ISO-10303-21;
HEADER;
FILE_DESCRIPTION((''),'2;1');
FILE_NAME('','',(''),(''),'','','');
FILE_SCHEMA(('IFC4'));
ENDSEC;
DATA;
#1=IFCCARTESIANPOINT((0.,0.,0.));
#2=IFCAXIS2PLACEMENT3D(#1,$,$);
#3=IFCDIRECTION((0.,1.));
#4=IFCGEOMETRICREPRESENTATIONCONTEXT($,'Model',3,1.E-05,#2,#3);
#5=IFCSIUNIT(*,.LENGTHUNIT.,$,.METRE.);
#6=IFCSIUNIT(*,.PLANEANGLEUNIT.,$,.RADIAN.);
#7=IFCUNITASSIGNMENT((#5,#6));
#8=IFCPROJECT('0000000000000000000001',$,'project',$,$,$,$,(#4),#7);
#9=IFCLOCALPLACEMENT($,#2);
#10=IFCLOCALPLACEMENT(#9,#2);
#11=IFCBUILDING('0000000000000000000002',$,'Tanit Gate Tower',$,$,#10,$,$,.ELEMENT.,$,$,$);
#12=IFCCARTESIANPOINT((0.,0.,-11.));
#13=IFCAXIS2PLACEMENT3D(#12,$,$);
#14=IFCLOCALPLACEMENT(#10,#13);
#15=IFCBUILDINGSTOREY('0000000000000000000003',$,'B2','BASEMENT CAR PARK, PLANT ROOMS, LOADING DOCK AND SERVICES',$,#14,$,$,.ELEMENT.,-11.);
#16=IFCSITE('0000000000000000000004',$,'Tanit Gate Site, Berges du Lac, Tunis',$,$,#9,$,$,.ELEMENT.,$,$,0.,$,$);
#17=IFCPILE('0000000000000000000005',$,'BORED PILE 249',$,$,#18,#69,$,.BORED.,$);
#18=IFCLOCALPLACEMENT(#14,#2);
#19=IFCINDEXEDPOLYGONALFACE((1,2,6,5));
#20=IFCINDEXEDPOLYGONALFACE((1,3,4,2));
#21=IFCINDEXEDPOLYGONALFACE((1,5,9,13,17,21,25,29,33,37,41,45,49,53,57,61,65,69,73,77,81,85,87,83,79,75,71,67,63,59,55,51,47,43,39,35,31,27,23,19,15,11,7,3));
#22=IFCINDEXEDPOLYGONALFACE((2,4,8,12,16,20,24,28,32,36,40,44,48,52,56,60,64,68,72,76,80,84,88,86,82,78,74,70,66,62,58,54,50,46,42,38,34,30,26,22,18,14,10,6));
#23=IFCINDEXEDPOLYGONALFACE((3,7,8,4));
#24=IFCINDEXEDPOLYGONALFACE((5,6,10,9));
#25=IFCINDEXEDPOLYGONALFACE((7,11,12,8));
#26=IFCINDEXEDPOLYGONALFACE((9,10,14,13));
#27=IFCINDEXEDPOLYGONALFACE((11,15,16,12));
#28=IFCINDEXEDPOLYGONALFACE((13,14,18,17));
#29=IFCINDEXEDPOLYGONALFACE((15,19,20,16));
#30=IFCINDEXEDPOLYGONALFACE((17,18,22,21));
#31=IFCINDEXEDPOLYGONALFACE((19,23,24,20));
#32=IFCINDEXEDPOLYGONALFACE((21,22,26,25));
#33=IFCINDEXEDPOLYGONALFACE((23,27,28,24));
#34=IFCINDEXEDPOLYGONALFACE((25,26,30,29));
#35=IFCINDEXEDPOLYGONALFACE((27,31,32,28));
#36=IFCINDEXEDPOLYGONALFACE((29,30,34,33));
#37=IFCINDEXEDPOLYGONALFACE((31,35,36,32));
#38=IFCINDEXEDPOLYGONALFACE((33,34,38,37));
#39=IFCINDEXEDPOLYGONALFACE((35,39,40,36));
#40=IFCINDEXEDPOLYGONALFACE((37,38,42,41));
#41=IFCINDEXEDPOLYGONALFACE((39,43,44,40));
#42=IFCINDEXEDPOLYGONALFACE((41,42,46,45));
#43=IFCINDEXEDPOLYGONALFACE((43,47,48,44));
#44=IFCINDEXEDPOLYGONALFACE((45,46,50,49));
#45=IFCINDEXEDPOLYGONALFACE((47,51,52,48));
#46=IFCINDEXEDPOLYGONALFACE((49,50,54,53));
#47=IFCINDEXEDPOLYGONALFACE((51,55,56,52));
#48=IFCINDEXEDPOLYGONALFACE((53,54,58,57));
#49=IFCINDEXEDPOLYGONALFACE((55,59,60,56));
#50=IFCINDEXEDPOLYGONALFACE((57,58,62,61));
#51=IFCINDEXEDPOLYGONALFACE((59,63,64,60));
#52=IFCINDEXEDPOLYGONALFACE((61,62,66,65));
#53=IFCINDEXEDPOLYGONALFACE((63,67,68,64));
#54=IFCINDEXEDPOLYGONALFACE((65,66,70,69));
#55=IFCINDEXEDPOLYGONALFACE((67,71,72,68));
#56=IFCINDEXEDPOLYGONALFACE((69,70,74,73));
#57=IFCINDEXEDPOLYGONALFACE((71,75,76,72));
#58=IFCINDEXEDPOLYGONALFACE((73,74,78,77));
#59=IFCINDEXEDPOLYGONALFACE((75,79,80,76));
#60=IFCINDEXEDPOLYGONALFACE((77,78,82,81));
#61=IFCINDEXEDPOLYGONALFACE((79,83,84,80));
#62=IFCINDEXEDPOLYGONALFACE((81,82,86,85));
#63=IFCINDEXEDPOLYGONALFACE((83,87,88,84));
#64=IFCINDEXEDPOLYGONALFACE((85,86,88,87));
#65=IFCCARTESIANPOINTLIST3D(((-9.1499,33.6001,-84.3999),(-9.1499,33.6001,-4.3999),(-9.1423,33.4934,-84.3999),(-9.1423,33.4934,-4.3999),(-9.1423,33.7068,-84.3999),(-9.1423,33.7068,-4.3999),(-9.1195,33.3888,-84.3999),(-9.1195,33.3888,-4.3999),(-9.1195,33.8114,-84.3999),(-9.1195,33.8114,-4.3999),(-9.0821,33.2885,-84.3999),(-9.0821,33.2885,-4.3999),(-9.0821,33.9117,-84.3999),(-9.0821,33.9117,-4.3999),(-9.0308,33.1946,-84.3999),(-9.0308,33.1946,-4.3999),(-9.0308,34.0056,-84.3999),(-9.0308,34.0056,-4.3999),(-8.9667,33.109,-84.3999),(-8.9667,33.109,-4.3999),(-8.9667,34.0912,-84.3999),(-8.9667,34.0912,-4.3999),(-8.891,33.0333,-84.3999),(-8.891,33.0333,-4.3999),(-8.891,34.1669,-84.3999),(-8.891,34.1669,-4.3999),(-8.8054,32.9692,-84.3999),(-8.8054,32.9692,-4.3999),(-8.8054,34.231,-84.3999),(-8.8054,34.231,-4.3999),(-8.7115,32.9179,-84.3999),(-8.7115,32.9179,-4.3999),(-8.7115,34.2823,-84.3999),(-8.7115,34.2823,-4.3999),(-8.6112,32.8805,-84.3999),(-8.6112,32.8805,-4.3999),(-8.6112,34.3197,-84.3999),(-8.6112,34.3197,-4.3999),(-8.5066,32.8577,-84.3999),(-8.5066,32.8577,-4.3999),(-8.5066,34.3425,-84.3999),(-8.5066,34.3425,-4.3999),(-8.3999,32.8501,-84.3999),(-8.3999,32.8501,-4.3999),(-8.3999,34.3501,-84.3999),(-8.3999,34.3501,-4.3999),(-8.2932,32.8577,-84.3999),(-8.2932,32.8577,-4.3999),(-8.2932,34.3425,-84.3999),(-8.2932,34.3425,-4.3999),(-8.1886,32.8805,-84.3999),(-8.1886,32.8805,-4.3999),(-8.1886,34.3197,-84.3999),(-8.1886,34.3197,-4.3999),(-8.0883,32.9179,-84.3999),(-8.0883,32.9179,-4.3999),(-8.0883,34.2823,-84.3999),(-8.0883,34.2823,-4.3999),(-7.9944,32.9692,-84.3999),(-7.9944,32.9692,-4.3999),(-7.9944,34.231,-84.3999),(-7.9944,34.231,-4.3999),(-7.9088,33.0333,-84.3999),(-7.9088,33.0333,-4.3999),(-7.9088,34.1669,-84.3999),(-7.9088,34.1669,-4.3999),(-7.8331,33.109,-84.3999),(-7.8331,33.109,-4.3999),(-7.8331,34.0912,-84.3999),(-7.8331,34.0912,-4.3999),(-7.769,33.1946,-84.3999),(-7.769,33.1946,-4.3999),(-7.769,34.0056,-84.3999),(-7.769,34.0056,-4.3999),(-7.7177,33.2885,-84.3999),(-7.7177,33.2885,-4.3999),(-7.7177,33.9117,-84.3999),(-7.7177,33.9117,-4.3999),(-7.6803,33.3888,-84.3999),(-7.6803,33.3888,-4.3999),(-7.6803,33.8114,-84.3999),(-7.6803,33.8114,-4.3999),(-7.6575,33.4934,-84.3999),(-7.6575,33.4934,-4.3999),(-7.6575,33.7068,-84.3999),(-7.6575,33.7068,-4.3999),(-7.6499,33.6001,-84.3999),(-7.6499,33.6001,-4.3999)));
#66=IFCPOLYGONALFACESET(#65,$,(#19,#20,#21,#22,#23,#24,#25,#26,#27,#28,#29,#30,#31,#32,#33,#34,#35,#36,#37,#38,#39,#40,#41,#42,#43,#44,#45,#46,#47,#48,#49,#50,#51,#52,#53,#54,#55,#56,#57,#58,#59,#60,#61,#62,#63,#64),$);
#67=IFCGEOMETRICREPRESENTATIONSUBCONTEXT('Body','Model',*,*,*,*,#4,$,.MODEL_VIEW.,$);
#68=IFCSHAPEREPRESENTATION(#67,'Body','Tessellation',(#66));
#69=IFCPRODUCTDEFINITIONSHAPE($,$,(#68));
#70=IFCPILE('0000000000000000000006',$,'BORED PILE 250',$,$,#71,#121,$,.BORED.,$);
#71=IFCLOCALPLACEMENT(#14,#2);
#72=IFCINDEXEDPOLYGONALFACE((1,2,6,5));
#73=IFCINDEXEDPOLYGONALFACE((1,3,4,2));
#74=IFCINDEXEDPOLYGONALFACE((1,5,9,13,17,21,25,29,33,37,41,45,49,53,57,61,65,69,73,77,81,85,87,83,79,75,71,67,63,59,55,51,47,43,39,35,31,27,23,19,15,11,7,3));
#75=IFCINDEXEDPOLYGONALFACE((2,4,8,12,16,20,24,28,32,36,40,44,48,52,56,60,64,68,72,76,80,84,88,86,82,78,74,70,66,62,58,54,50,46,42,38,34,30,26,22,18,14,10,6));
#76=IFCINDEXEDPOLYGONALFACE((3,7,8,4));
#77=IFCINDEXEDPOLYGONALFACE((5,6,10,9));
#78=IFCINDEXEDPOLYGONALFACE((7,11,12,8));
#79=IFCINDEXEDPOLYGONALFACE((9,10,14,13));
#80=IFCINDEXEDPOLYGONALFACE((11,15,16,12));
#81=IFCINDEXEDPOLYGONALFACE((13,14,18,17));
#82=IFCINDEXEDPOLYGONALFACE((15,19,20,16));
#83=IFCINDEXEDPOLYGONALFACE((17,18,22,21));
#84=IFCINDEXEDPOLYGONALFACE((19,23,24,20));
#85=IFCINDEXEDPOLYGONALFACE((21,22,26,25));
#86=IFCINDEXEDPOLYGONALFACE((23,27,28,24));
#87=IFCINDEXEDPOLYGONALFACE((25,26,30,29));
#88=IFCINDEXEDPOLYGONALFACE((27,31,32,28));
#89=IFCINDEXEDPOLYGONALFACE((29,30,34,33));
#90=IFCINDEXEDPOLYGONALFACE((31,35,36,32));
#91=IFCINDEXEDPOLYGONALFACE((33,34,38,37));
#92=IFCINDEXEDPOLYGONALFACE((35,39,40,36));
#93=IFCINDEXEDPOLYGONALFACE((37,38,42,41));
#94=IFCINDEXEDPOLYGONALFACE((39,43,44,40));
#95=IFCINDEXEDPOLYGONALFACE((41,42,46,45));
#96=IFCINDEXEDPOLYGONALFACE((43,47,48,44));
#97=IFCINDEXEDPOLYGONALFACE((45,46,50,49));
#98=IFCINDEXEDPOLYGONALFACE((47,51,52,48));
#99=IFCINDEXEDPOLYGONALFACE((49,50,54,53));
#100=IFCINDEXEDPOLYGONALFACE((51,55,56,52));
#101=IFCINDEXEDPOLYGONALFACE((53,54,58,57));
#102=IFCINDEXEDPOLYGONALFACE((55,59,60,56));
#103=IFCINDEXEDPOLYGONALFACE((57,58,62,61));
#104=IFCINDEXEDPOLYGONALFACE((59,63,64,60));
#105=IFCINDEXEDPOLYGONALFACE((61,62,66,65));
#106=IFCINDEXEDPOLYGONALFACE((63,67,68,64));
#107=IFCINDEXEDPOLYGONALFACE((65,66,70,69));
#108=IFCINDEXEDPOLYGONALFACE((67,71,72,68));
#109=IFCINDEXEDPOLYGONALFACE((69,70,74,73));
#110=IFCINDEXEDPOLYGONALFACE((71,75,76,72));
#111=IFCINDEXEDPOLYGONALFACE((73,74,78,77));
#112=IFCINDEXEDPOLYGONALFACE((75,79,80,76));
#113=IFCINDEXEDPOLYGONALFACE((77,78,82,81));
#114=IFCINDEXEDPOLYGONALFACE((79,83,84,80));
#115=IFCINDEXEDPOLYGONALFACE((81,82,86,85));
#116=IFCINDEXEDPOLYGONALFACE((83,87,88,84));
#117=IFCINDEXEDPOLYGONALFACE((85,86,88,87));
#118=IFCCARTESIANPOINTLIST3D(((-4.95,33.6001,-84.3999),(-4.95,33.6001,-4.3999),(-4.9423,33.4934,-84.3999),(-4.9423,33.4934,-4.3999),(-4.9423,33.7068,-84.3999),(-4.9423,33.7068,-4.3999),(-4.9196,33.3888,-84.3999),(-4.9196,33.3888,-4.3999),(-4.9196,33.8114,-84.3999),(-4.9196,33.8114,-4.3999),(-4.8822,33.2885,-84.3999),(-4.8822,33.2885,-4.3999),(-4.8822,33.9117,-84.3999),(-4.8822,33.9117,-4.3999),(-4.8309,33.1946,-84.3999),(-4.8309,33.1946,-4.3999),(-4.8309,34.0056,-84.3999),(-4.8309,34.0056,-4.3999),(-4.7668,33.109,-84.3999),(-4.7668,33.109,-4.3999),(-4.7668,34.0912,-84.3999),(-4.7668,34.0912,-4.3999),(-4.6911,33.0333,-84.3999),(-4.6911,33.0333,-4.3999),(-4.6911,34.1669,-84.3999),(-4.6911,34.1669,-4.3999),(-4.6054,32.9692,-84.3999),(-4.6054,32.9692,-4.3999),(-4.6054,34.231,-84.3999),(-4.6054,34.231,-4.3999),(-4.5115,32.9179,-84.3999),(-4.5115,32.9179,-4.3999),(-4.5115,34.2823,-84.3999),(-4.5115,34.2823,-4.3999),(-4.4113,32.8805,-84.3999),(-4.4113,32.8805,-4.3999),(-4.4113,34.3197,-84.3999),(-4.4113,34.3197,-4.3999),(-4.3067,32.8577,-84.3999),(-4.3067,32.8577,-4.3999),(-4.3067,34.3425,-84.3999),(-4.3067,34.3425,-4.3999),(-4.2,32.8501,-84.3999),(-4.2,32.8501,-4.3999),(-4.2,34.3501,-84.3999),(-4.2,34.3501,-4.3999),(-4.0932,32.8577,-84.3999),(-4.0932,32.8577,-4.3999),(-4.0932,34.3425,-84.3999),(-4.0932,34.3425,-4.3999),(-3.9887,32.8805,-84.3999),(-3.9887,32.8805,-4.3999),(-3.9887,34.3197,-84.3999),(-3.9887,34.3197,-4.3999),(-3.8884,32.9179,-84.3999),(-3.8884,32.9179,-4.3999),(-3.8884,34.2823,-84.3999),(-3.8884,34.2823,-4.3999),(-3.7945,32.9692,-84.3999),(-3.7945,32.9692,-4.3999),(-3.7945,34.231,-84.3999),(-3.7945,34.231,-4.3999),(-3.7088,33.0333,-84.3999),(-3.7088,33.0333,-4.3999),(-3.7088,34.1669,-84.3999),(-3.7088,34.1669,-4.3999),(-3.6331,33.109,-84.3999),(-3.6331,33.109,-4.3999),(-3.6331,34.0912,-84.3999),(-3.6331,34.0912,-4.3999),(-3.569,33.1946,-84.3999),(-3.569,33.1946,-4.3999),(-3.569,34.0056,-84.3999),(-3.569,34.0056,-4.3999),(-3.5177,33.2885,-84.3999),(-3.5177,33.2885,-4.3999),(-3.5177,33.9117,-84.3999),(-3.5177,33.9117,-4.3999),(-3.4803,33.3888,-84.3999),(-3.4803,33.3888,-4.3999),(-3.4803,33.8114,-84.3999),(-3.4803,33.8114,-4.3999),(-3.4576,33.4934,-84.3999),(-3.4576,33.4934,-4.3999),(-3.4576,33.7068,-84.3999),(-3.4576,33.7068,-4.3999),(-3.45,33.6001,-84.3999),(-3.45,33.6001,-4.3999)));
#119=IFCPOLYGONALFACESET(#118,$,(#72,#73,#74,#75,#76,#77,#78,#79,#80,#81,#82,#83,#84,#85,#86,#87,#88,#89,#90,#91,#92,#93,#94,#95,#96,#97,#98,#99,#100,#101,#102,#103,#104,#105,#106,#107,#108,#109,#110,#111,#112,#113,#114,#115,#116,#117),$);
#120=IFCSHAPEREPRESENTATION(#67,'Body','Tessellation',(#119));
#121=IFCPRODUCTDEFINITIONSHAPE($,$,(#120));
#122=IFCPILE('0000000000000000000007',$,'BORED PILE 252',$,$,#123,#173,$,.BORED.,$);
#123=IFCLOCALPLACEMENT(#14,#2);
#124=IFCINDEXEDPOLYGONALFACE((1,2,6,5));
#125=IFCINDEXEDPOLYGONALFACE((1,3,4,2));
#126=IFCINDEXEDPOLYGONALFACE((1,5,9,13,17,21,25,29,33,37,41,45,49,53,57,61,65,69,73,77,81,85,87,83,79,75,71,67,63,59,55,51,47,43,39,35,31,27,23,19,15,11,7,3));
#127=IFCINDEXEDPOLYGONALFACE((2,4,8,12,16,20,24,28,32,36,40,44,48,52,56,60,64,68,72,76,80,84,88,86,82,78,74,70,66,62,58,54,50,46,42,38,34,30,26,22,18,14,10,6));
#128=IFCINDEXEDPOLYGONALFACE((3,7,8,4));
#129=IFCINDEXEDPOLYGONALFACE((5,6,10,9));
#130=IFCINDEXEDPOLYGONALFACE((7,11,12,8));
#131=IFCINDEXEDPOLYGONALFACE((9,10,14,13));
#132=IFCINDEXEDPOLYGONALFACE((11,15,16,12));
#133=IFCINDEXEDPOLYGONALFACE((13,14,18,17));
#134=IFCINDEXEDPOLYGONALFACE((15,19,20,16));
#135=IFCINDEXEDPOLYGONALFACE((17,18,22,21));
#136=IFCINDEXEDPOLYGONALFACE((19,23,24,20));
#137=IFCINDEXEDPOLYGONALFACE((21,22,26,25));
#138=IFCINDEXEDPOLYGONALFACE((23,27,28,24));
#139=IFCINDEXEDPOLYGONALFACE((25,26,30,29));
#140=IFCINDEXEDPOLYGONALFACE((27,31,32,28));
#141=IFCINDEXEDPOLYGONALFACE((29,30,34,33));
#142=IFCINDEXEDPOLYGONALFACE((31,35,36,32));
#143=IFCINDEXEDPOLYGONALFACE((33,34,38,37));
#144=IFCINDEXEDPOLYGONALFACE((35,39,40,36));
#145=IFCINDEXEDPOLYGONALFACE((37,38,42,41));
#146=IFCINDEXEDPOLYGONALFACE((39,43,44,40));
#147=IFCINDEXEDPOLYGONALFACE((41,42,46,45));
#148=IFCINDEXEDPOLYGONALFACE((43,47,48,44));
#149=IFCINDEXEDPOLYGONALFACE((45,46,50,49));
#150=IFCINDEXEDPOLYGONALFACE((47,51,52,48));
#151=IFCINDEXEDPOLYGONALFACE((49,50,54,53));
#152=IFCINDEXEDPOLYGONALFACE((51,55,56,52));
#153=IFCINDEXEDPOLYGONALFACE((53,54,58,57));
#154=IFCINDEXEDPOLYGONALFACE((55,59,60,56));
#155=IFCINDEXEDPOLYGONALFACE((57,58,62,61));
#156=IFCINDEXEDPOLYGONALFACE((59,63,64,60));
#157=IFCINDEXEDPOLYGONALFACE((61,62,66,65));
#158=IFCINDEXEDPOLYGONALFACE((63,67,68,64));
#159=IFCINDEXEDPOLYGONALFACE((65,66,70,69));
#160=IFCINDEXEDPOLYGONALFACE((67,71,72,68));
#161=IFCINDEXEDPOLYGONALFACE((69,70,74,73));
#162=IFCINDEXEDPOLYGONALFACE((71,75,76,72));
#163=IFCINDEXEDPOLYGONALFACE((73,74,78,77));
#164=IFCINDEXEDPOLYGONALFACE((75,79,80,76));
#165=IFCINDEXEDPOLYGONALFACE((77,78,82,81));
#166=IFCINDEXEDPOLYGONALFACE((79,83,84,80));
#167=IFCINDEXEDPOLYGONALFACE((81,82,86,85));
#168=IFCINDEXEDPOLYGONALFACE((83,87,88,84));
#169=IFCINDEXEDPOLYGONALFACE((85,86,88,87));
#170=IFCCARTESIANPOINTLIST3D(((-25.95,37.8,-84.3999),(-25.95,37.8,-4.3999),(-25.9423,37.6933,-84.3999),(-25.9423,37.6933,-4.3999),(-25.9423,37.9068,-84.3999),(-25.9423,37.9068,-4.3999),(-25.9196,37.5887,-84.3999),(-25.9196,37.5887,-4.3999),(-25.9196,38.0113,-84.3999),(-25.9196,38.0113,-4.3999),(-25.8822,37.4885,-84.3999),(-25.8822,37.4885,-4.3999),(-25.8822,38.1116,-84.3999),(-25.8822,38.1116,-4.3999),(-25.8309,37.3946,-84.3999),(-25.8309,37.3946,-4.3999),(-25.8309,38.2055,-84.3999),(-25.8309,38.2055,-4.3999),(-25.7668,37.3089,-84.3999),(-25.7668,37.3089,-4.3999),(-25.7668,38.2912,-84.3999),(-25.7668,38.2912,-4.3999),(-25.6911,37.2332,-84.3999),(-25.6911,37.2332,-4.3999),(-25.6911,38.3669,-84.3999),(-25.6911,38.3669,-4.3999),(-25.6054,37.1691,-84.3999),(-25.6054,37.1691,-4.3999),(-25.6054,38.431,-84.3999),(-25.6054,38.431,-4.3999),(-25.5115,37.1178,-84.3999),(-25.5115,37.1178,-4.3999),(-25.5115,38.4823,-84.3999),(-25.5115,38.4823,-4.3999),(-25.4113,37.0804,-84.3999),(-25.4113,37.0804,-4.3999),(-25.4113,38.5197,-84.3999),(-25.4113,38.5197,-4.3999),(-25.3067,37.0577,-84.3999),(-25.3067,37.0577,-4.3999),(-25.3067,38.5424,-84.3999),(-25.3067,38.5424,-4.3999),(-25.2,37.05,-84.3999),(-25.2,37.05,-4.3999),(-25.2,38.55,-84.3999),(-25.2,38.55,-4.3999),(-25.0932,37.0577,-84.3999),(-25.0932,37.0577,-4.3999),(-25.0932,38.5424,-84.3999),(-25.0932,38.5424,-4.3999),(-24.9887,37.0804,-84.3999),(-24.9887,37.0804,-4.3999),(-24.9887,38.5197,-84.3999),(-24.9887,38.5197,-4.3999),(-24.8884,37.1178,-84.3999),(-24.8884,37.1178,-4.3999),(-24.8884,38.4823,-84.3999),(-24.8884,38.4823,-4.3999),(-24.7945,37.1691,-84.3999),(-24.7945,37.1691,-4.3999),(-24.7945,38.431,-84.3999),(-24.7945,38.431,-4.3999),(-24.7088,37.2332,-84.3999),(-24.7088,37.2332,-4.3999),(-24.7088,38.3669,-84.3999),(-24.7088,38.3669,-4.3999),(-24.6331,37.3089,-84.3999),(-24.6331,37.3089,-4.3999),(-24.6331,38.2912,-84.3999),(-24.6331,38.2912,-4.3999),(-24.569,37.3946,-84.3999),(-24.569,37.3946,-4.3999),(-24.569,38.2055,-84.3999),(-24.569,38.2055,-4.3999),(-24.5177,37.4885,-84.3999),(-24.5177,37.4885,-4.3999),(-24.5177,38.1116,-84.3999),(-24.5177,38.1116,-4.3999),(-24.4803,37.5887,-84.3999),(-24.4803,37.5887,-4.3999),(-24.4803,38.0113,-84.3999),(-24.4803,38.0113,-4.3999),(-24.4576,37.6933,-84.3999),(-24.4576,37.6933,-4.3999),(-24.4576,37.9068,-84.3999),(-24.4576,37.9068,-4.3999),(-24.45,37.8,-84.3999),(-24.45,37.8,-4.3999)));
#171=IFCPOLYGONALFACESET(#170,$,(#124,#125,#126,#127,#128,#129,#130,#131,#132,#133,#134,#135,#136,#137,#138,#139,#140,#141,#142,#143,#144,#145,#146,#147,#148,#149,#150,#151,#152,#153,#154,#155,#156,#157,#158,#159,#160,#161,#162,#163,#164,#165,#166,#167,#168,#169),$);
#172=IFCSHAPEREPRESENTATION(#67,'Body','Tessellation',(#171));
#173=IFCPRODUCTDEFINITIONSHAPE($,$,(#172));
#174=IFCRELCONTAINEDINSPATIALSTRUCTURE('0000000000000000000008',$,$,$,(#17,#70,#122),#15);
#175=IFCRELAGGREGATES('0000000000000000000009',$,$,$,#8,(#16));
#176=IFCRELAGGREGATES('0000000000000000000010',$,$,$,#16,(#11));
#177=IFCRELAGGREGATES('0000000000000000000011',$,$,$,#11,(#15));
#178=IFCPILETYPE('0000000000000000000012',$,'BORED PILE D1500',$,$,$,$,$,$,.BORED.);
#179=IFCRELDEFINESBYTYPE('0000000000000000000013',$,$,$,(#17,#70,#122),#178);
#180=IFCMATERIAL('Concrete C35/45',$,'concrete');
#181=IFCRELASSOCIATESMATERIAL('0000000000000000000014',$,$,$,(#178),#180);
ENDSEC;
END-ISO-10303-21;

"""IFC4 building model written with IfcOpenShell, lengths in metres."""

from ifc_helpers import new_model, si_unit, direction, frame, origin, origin_2d, place, context, subcontext, project, spatial, circle, extrude, material, material_profile, profile_set, type_object, element, save


model = new_model("IFC4")

# Units and contexts
model_context = context("Model", 3, precision=1e-05, world=origin(), true_north=direction((0.0, 1.0)))
body_context = subcontext(model_context, "Body", "Model", "MODEL_VIEW")
ifc_project = project(units=[si_unit("LENGTHUNIT", "METRE"), si_unit("PLANEANGLEUNIT", "RADIAN")], contexts=[model_context])

# Site, building, storey
site_placement = place(None, origin())
site = spatial("IfcSite", under=ifc_project, at=site_placement, Name="Tanit Gate Site, Berges du Lac, Tunis", CompositionType="ELEMENT", RefElevation=0.0)
building_placement = place(site_placement, origin())
building = spatial("IfcBuilding", under=site, at=building_placement, Name="Tanit Gate Tower", CompositionType="ELEMENT")
storey_placement = place(building_placement, frame((0.0, 0.0, -11.0)))
storey = spatial("IfcBuildingStorey", under=building, at=storey_placement, Name="B2", Description="BASEMENT CAR PARK, PLANT ROOMS, LOADING DOCK AND SERVICES", CompositionType="ELEMENT", Elevation=-11.0)

# Piles
ifc_material_1 = material(Name="Concrete C35/45", Category="concrete")
ifc_material_profile_1 = material_profile(ifc_material_1, circle(Radius=0.75, at=origin_2d()), Name="BORED PILE D1500 C35/45")
ifc_profile_set_1 = profile_set([ifc_material_profile_1], Name="Concrete C35/45")
pile_type = type_object("IfcPileType", Name="BORED PILE D1500", PredefinedType="BORED", material=ifc_profile_set_1)
for number, where, z_axis, x_axis, name in (
    (1, (-8.3999, 33.6001, -4.3999), (0.0, 0.0, -1.0), (1.0, 0.0, 0.0), "BORED PILE 249"),
    (2, (-4.2, 33.6001, -4.3999), (0.0, 0.0, -1.0), (1.0, 0.0, 0.0), "BORED PILE 250"),
    (3, (-25.2, 37.8, -4.3999), (0.0, 0.0, -1.0), (1.0, 0.0, 0.0), "BORED PILE 252"),
):
    element("IfcPile", number, at=place(storey_placement, frame(where, z_axis=z_axis, x_axis=x_axis)), inside=storey, type_object=pile_type, Name=name, PredefinedType="BORED", context=body_context, shape_type="SweptSolid", body=[
        extrude(circle(Radius=0.75, at=origin_2d()), origin(), (0.0, 0.0, 1.0), 80.0),
    ])

save(model, "model.ifc")
